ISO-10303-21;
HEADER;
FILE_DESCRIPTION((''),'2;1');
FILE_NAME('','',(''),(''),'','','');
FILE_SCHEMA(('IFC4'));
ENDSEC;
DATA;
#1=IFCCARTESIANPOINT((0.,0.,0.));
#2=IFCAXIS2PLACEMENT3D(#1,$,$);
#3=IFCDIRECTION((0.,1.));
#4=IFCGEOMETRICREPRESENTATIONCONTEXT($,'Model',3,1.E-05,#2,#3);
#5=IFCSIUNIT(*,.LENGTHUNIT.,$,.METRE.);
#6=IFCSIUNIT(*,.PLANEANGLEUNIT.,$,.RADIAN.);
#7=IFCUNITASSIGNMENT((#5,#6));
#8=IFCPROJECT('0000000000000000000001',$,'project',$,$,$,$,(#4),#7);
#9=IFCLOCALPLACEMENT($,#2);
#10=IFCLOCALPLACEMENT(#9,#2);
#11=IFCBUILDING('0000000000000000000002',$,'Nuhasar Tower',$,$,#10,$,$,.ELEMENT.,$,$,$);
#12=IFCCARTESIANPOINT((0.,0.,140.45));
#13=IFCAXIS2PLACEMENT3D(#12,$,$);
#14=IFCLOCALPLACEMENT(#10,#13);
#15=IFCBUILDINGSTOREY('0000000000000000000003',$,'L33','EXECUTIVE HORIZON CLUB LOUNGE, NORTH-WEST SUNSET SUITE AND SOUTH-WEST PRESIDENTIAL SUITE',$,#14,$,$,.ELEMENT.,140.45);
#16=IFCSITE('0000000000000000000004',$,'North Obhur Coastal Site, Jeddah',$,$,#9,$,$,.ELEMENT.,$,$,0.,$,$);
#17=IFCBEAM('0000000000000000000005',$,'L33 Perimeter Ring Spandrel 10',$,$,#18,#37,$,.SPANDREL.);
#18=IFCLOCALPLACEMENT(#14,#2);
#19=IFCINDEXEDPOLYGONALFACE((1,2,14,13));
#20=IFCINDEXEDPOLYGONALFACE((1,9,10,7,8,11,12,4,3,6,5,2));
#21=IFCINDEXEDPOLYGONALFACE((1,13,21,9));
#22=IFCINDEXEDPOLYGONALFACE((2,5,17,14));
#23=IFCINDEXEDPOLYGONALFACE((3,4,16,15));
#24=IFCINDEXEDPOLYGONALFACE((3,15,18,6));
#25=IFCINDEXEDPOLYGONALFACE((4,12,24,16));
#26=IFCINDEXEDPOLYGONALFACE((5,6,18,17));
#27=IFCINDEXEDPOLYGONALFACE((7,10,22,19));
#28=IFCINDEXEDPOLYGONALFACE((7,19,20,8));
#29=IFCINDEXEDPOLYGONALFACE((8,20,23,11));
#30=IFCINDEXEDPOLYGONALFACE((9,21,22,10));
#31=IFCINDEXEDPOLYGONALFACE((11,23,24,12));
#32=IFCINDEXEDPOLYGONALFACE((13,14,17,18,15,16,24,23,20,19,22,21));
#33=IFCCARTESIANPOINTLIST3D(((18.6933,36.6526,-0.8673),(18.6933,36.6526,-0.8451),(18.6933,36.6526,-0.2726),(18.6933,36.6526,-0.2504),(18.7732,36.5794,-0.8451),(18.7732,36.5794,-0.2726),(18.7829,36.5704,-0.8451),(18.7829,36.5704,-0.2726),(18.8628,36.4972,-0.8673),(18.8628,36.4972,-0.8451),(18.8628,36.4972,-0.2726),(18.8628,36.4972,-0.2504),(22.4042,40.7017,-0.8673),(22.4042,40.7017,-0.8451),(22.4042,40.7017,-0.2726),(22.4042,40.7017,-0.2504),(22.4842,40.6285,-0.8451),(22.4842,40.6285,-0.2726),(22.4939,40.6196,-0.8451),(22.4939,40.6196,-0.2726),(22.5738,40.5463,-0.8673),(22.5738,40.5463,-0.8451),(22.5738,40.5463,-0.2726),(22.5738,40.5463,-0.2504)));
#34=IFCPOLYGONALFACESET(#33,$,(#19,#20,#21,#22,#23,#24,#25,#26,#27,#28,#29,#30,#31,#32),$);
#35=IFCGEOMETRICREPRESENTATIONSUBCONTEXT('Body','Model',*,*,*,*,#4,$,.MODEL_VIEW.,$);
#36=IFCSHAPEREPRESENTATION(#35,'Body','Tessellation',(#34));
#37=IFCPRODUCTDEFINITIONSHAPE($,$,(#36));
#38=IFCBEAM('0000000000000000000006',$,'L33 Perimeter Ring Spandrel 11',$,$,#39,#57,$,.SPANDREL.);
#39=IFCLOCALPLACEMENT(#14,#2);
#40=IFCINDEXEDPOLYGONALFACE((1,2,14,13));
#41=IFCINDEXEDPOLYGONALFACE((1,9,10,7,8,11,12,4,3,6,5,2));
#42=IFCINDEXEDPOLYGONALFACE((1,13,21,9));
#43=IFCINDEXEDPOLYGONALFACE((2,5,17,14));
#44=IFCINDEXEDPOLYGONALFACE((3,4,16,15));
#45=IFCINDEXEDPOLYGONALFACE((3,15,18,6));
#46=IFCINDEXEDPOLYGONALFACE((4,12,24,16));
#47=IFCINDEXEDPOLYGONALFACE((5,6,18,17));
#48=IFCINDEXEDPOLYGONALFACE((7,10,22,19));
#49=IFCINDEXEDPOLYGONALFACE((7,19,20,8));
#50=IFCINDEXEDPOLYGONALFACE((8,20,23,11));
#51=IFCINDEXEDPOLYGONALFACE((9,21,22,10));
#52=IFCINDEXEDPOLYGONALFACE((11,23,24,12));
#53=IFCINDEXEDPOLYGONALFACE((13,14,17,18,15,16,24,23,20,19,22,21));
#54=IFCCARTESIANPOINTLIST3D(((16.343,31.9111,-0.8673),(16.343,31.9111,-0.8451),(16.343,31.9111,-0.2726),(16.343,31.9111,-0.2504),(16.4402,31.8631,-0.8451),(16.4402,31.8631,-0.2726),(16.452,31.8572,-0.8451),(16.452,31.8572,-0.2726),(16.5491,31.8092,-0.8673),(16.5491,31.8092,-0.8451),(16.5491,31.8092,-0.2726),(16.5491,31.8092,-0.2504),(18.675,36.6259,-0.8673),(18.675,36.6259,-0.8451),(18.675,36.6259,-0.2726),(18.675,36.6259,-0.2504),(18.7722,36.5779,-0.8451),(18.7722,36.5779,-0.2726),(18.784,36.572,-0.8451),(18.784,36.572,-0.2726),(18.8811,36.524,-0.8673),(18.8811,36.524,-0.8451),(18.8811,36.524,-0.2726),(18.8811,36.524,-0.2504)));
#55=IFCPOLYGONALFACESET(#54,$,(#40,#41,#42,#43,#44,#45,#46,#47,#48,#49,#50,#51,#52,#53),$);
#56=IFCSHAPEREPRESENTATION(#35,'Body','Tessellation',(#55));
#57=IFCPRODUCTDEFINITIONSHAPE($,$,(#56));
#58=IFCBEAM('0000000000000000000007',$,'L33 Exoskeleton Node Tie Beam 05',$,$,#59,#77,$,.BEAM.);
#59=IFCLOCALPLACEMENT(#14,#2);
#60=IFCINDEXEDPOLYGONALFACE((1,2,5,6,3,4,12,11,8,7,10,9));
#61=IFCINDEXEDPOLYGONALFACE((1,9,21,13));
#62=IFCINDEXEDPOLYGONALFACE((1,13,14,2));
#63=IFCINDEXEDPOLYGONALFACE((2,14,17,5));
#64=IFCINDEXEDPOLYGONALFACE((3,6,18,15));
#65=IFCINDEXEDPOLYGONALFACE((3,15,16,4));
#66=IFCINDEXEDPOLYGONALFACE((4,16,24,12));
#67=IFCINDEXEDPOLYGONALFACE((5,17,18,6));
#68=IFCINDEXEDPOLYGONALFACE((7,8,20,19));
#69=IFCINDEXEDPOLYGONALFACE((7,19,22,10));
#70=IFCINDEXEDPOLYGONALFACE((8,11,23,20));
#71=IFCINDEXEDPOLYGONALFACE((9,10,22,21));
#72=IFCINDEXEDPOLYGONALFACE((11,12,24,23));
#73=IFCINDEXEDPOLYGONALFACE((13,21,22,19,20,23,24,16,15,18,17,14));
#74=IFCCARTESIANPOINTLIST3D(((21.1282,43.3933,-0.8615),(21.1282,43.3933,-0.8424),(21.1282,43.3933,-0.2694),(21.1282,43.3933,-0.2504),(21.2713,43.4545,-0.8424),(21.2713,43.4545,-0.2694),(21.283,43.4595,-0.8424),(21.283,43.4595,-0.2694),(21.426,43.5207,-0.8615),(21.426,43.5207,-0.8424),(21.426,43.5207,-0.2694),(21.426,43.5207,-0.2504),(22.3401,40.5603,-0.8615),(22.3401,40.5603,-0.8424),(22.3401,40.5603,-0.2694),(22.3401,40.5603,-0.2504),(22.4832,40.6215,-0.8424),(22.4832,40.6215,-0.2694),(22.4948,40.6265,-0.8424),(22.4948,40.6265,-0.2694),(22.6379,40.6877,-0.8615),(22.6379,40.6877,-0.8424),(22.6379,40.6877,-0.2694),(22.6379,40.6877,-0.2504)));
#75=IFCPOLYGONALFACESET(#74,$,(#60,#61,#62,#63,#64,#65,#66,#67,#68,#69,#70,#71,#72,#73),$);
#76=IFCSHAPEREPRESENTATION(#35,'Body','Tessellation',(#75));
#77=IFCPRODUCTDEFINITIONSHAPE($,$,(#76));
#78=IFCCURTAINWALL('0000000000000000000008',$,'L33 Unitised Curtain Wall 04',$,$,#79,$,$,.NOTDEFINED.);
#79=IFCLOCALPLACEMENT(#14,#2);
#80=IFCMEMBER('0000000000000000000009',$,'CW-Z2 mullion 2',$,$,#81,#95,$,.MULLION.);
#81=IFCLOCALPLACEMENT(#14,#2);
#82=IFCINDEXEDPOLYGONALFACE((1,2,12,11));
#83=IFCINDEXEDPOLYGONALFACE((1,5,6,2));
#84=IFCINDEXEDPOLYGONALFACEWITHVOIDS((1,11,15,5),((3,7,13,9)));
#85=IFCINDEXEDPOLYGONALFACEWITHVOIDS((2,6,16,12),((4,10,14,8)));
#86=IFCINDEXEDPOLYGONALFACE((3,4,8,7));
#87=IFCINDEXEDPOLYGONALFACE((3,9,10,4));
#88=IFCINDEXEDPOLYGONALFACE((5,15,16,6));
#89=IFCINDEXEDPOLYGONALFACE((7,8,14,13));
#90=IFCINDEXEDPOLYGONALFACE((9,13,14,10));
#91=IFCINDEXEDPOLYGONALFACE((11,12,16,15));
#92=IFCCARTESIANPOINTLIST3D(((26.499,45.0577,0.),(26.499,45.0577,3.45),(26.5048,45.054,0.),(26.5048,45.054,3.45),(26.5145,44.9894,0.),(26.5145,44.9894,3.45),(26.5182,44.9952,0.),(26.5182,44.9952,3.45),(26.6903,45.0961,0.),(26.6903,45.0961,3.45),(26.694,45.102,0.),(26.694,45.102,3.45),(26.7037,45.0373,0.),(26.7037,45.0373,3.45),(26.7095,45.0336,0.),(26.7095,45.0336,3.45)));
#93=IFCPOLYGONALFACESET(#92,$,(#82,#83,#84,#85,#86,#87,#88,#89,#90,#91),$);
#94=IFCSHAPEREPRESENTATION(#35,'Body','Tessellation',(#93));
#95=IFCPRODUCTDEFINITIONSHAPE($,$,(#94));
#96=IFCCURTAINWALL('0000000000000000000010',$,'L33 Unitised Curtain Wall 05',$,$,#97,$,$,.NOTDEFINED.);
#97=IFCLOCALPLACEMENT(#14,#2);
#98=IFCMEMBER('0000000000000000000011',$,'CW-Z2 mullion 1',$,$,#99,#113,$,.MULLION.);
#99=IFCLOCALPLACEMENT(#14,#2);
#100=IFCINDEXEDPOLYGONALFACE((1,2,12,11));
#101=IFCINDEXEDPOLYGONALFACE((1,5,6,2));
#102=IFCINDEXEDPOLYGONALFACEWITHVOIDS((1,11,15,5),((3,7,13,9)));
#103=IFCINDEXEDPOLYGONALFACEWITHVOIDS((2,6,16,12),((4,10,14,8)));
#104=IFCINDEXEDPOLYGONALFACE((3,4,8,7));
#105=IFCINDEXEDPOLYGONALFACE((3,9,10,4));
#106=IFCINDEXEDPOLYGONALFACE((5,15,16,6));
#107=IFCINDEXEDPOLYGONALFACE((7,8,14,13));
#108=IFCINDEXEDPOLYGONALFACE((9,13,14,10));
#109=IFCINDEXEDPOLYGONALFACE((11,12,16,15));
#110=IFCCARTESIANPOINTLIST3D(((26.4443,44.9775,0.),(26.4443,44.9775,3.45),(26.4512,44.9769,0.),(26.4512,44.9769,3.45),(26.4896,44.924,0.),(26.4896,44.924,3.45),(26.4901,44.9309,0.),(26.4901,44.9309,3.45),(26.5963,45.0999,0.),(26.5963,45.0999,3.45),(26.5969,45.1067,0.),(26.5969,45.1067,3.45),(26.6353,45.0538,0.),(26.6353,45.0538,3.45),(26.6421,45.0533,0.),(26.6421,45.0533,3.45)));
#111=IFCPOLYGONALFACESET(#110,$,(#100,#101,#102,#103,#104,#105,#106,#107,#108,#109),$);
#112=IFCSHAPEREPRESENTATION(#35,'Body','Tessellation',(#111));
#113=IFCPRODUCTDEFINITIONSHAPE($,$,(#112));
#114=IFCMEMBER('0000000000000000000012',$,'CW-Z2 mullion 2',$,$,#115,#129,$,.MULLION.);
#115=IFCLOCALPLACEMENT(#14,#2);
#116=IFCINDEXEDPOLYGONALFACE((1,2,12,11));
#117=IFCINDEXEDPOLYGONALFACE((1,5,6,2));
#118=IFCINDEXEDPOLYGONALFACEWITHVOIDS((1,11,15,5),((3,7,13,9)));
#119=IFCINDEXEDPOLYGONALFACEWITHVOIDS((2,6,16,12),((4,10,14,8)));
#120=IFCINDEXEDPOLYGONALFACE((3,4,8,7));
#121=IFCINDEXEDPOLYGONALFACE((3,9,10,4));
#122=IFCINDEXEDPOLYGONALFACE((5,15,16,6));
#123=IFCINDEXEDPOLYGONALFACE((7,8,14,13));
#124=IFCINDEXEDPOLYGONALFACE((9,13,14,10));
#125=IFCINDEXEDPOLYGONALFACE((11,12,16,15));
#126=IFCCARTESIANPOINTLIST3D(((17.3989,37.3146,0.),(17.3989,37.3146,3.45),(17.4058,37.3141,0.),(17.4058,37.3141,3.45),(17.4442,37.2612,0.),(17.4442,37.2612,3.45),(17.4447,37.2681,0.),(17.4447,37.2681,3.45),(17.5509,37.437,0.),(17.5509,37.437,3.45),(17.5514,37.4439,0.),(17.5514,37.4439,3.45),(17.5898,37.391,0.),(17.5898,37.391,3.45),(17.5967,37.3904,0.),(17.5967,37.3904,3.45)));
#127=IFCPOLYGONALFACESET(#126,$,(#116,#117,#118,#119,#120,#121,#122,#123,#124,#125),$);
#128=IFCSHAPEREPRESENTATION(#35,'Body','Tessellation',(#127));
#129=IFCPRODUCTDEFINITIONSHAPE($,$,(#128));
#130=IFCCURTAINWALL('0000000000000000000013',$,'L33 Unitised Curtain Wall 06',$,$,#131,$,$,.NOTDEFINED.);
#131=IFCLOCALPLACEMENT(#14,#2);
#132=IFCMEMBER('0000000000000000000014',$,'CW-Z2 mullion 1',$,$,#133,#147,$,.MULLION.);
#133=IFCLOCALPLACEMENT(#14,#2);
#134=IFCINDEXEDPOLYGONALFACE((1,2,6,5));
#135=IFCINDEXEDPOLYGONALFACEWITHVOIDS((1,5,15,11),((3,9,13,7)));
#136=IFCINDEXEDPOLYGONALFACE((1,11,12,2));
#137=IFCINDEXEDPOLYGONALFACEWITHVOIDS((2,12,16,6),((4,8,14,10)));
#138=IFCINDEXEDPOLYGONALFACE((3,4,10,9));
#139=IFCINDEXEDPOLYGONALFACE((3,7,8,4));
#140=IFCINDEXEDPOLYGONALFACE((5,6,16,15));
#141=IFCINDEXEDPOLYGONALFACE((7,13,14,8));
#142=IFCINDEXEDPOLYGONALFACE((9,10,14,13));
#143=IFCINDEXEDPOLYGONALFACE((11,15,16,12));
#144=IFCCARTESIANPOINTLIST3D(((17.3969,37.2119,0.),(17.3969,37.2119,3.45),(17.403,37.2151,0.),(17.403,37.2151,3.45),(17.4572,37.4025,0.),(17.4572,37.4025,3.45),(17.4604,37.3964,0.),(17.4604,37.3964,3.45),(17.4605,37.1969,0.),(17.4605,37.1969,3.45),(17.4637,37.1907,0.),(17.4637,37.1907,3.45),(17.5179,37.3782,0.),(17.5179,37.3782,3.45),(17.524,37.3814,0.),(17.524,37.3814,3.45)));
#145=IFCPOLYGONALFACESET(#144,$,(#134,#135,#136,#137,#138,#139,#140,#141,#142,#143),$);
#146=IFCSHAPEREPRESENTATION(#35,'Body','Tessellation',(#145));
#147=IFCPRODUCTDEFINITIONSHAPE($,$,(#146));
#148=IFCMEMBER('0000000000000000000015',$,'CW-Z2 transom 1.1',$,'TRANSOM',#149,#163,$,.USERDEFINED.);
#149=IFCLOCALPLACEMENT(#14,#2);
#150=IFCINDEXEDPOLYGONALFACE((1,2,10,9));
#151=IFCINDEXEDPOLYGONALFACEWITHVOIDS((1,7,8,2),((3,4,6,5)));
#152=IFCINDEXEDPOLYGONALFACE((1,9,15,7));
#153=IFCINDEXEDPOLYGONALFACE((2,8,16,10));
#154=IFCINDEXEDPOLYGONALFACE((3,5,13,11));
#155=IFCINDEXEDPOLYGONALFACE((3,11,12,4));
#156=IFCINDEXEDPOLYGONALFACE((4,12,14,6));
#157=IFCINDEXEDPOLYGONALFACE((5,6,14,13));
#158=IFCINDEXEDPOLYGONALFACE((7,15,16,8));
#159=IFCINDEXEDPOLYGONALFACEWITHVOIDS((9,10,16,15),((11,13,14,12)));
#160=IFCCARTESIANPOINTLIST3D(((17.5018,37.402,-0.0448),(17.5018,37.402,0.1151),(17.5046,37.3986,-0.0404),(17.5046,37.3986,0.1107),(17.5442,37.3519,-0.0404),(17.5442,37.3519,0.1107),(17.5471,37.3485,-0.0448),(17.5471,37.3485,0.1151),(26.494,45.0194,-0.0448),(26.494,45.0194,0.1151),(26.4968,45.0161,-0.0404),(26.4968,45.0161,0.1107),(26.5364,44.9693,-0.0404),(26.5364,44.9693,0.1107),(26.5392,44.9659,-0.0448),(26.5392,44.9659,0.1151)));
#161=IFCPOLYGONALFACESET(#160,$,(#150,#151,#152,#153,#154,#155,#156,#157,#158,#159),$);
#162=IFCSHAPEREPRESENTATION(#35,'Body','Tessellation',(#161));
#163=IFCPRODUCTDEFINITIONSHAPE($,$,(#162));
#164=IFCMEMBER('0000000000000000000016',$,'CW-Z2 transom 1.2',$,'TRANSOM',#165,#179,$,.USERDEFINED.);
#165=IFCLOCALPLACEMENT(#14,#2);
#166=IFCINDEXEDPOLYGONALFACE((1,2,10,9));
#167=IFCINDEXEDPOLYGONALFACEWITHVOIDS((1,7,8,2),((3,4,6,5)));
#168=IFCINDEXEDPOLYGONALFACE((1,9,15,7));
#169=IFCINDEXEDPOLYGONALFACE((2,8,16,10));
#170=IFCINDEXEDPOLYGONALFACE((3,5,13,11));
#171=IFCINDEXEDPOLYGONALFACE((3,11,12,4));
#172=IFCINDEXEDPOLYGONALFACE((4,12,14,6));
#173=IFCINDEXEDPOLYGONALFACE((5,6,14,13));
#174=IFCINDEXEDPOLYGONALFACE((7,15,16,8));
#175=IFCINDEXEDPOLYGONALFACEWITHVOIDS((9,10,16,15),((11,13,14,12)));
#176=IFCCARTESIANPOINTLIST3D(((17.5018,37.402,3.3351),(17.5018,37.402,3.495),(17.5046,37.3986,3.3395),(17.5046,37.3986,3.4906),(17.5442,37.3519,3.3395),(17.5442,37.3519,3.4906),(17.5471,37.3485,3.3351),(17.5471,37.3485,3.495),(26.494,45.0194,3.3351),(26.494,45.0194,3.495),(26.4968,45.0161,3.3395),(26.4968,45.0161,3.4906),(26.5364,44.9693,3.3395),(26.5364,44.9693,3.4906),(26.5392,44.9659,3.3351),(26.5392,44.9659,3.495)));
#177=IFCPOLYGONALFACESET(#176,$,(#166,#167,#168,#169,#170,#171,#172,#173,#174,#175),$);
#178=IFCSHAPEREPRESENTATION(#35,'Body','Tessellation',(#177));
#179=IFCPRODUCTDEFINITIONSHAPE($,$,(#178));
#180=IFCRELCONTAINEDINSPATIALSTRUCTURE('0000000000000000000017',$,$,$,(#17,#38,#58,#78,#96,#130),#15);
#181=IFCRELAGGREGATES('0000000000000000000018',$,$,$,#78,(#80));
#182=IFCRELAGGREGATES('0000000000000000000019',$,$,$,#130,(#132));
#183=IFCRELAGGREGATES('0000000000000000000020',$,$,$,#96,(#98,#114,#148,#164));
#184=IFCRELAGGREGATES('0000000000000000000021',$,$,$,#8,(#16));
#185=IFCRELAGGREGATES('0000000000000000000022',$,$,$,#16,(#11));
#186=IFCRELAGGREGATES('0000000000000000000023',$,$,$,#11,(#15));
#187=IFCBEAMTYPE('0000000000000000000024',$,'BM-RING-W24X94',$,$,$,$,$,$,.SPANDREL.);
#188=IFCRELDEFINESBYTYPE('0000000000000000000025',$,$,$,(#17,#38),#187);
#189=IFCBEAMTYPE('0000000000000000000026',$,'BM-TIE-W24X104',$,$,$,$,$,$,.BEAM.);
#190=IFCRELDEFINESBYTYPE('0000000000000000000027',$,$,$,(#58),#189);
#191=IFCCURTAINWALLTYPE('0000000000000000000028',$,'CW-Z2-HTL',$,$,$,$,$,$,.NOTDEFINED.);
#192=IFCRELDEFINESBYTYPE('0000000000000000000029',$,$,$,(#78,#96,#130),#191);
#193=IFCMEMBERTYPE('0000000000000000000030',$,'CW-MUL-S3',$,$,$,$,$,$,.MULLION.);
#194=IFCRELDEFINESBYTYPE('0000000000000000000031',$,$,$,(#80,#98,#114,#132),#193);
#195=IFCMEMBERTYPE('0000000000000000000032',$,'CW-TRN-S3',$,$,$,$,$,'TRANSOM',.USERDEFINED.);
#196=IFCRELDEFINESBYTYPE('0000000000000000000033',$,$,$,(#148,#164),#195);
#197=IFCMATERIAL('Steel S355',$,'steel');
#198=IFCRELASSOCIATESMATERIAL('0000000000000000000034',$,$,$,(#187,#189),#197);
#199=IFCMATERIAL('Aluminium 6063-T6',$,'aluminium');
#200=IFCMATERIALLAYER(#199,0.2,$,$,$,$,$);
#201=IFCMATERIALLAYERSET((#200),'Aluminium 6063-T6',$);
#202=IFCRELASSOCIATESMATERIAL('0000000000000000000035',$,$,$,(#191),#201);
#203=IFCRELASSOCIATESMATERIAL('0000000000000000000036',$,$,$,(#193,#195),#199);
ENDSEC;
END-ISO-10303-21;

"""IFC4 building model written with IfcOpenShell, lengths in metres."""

from ifc_helpers import new_model, si_unit, direction, frame, origin, origin_2d, place, context, subcontext, project, spatial, hollow_rectangle, i_section, extrude, material, layer, layer_set, material_profile, profile_set, type_object, element, aggregate, save


model = new_model("IFC4")

# Units and contexts
model_context = context("Model", 3, precision=1e-05, world=origin(), true_north=direction((0.0, 1.0)))
body_context = subcontext(model_context, "Body", "Model", "MODEL_VIEW")
ifc_project = project(units=[si_unit("LENGTHUNIT", "METRE"), si_unit("PLANEANGLEUNIT", "RADIAN")], contexts=[model_context])

# Site, building, storey
site_placement = place(None, origin())
site = spatial("IfcSite", under=ifc_project, at=site_placement, Name="North Obhur Coastal Site, Jeddah", CompositionType="ELEMENT", RefElevation=0.0)
building_placement = place(site_placement, origin())
building = spatial("IfcBuilding", under=site, at=building_placement, Name="Nuhasar Tower", CompositionType="ELEMENT")
storey_placement = place(building_placement, frame((0.0, 0.0, 140.45)))
storey = spatial("IfcBuildingStorey", under=building, at=storey_placement, Name="L33", Description="EXECUTIVE HORIZON CLUB LOUNGE, NORTH-WEST SUNSET SUITE AND SOUTH-WEST PRESIDENTIAL SUITE", CompositionType="ELEMENT", Elevation=140.45)

# Beams
ifc_material_1 = material(Name="Steel S355", Category="steel")
ifc_material_profile_1 = material_profile(ifc_material_1, i_section(OverallWidth=0.23, OverallDepth=0.6169, WebThickness=0.0132, FlangeThickness=0.0222, at=origin_2d()), Name="W24X94")
ifc_profile_set_1 = profile_set([ifc_material_profile_1], Name="Steel S355")
beam_type_1 = type_object("IfcBeamType", Name="BM-RING-W24X94", PredefinedType="SPANDREL", material=ifc_profile_set_1)
beam_1_placement = place(storey_placement, frame((22.489, 40.624, -0.5588), z_axis=(-0.675654, -0.737219, 0.0), x_axis=(0.737219, -0.675654, 0.0)))
element("IfcBeam", 1, at=beam_1_placement, inside=storey, type_object=beam_type_1, Name="L33 Perimeter Ring Spandrel 10", PredefinedType="SPANDREL", context=body_context, shape_type="SweptSolid", body=[
    extrude(i_section(OverallWidth=0.23, OverallDepth=0.6169, WebThickness=0.0132, FlangeThickness=0.0222, at=origin_2d()), origin(), (0.0, 0.0, 1.0), 5.4924),
])
beam_2_placement = place(storey_placement, frame((18.7781, 36.575, -0.5588), z_axis=(-0.443348, -0.89635, 0.0), x_axis=(0.89635, -0.443348, 0.0)))
element("IfcBeam", 2, at=beam_2_placement, inside=storey, type_object=beam_type_1, Name="L33 Perimeter Ring Spandrel 11", PredefinedType="SPANDREL", context=body_context, shape_type="SweptSolid", body=[
    extrude(i_section(OverallWidth=0.23, OverallDepth=0.6169, WebThickness=0.0132, FlangeThickness=0.0222, at=origin_2d()), origin(), (0.0, 0.0, 1.0), 5.26),
])
ifc_material_profile_2 = material_profile(ifc_material_1, i_section(OverallWidth=0.324, OverallDepth=0.6111, WebThickness=0.0127, FlangeThickness=0.019, at=origin_2d()), Name="W24X104")
ifc_profile_set_2 = profile_set([ifc_material_profile_2], Name="Steel S355")
beam_type_2 = type_object("IfcBeamType", Name="BM-TIE-W24X104", PredefinedType="BEAM", material=ifc_profile_set_2)
beam_3_placement = place(storey_placement, frame((22.489, 40.624, -0.5559), z_axis=(-0.393307, 0.919407, 0.0), x_axis=(-0.919407, -0.393307, 0.0)))
element("IfcBeam", 3, at=beam_3_placement, inside=storey, type_object=beam_type_2, Name="L33 Exoskeleton Node Tie Beam 05", PredefinedType="BEAM", context=body_context, shape_type="SweptSolid", body=[
    extrude(i_section(OverallWidth=0.324, OverallDepth=0.6111, WebThickness=0.0127, FlangeThickness=0.019, at=origin_2d()), origin(), (0.0, 0.0, 1.0), 3.0813),
])

# Curtain wall, member
ifc_material_2 = material(Name="Aluminium 6063-T6", Category="aluminium")
ifc_layer_1 = layer(ifc_material_2, 0.2)
ifc_layer_set_1 = layer_set([ifc_layer_1], Name="Aluminium 6063-T6")
curtain_wall_type = type_object("IfcCurtainWallType", Name="CW-Z2-HTL", PredefinedType="NOTDEFINED", material=ifc_layer_set_1)
curtain_wall_1_placement = place(storey_placement, origin())
curtain_wall_1 = element("IfcCurtainWall", 4, at=curtain_wall_1_placement, inside=storey, type_object=curtain_wall_type, Name="L33 Unitised Curtain Wall 04", PredefinedType="NOTDEFINED")
ifc_material_profile_3 = material_profile(ifc_material_2, hollow_rectangle(XDim=0.0701, YDim=0.2, WallThickness=0.0049, at=origin_2d()), Name="CWM-3")
ifc_profile_set_3 = profile_set([ifc_material_profile_3], Name="Aluminium 6063-T6")
member_type_1 = type_object("IfcMemberType", Name="CW-MUL-S3", PredefinedType="MULLION", material=ifc_profile_set_3)
member_1_placement = place(storey_placement, frame((26.6042, 45.0457, 0.0), z_axis=(0.0, 0.0, 1.0), x_axis=(0.221397, -0.975184, 0.0)))
member_1 = element("IfcMember", 5, at=member_1_placement, type_object=member_type_1, Name="CW-Z2 mullion 2", PredefinedType="MULLION", context=body_context, shape_type="SweptSolid", body=[
    extrude(hollow_rectangle(XDim=0.0701, YDim=0.2, WallThickness=0.0049, at=origin_2d()), origin(), (0.0, 0.0, 1.0), 3.45),
])
aggregate(curtain_wall_1, [member_1])

# Curtain wall, members
curtain_wall_2_placement = place(storey_placement, origin())
curtain_wall_2 = element("IfcCurtainWall", 6, at=curtain_wall_2_placement, inside=storey, type_object=curtain_wall_type, Name="L33 Unitised Curtain Wall 05", PredefinedType="NOTDEFINED")
member_2_placement = place(storey_placement, frame((26.5432, 45.0154, 0.0), z_axis=(0.0, 0.0, 1.0), x_axis=(0.646374, -0.76302, 0.0)))
member_2 = element("IfcMember", 7, at=member_2_placement, type_object=member_type_1, Name="CW-Z2 mullion 1", PredefinedType="MULLION", context=body_context, shape_type="SweptSolid", body=[
    extrude(hollow_rectangle(XDim=0.0701, YDim=0.2, WallThickness=0.0049, at=origin_2d()), origin(), (0.0, 0.0, 1.0), 3.45),
])
member_3_placement = place(storey_placement, frame((17.4978, 37.3525, 0.0), z_axis=(0.0, 0.0, 1.0), x_axis=(0.646374, -0.76302, 0.0)))
member_3 = element("IfcMember", 8, at=member_3_placement, type_object=member_type_1, Name="CW-Z2 mullion 2", PredefinedType="MULLION", context=body_context, shape_type="SweptSolid", body=[
    extrude(hollow_rectangle(XDim=0.0701, YDim=0.2, WallThickness=0.0049, at=origin_2d()), origin(), (0.0, 0.0, 1.0), 3.45),
])

# Curtain wall, member
curtain_wall_3_placement = place(storey_placement, origin())
curtain_wall_3 = element("IfcCurtainWall", 9, at=curtain_wall_3_placement, inside=storey, type_object=curtain_wall_type, Name="L33 Unitised Curtain Wall 06", PredefinedType="NOTDEFINED")
member_4_placement = place(storey_placement, frame((17.4604, 37.2966, 0.0), z_axis=(0.0, 0.0, 1.0), x_axis=(0.953433, -0.301604, 0.0)))
member_4 = element("IfcMember", 10, at=member_4_placement, type_object=member_type_1, Name="CW-Z2 mullion 1", PredefinedType="MULLION", context=body_context, shape_type="SweptSolid", body=[
    extrude(hollow_rectangle(XDim=0.0701, YDim=0.2, WallThickness=0.0049, at=origin_2d()), origin(), (0.0, 0.0, 1.0), 3.45),
])

# Members
ifc_material_profile_4 = material_profile(ifc_material_2, hollow_rectangle(XDim=0.0701, YDim=0.1599, WallThickness=0.0044, at=origin_2d()), Name="CWT-3")
ifc_profile_set_4 = profile_set([ifc_material_profile_4], Name="Aluminium 6063-T6")
member_type_2 = type_object("IfcMemberType", Name="CW-TRN-S3", ElementType="TRANSOM", PredefinedType="USERDEFINED", material=ifc_profile_set_4)
member_5_placement = place(storey_placement, frame((26.5166, 44.9927, 0.0352), z_axis=(-0.763024, -0.64637, 0.0), x_axis=(0.64637, -0.763024, 0.0)))
member_5 = element("IfcMember", 11, at=member_5_placement, type_object=member_type_2, Name="CW-Z2 transom 1.1", ObjectType="TRANSOM", PredefinedType="USERDEFINED", context=body_context, shape_type="SweptSolid", body=[
    extrude(hollow_rectangle(XDim=0.0701, YDim=0.1599, WallThickness=0.0044, at=origin_2d()), origin(), (0.0, 0.0, 1.0), 11.7849),
])
member_6_placement = place(storey_placement, frame((26.5166, 44.9927, 3.415), z_axis=(-0.763024, -0.64637, 0.0), x_axis=(0.64637, -0.763024, 0.0)))
member_6 = element("IfcMember", 12, at=member_6_placement, type_object=member_type_2, Name="CW-Z2 transom 1.2", ObjectType="TRANSOM", PredefinedType="USERDEFINED", context=body_context, shape_type="SweptSolid", body=[
    extrude(hollow_rectangle(XDim=0.0701, YDim=0.1599, WallThickness=0.0044, at=origin_2d()), origin(), (0.0, 0.0, 1.0), 11.7849),
])
aggregate(curtain_wall_3, [member_4])

aggregate(curtain_wall_2, [member_2, member_3, member_5, member_6])

save(model, "model.ifc")
